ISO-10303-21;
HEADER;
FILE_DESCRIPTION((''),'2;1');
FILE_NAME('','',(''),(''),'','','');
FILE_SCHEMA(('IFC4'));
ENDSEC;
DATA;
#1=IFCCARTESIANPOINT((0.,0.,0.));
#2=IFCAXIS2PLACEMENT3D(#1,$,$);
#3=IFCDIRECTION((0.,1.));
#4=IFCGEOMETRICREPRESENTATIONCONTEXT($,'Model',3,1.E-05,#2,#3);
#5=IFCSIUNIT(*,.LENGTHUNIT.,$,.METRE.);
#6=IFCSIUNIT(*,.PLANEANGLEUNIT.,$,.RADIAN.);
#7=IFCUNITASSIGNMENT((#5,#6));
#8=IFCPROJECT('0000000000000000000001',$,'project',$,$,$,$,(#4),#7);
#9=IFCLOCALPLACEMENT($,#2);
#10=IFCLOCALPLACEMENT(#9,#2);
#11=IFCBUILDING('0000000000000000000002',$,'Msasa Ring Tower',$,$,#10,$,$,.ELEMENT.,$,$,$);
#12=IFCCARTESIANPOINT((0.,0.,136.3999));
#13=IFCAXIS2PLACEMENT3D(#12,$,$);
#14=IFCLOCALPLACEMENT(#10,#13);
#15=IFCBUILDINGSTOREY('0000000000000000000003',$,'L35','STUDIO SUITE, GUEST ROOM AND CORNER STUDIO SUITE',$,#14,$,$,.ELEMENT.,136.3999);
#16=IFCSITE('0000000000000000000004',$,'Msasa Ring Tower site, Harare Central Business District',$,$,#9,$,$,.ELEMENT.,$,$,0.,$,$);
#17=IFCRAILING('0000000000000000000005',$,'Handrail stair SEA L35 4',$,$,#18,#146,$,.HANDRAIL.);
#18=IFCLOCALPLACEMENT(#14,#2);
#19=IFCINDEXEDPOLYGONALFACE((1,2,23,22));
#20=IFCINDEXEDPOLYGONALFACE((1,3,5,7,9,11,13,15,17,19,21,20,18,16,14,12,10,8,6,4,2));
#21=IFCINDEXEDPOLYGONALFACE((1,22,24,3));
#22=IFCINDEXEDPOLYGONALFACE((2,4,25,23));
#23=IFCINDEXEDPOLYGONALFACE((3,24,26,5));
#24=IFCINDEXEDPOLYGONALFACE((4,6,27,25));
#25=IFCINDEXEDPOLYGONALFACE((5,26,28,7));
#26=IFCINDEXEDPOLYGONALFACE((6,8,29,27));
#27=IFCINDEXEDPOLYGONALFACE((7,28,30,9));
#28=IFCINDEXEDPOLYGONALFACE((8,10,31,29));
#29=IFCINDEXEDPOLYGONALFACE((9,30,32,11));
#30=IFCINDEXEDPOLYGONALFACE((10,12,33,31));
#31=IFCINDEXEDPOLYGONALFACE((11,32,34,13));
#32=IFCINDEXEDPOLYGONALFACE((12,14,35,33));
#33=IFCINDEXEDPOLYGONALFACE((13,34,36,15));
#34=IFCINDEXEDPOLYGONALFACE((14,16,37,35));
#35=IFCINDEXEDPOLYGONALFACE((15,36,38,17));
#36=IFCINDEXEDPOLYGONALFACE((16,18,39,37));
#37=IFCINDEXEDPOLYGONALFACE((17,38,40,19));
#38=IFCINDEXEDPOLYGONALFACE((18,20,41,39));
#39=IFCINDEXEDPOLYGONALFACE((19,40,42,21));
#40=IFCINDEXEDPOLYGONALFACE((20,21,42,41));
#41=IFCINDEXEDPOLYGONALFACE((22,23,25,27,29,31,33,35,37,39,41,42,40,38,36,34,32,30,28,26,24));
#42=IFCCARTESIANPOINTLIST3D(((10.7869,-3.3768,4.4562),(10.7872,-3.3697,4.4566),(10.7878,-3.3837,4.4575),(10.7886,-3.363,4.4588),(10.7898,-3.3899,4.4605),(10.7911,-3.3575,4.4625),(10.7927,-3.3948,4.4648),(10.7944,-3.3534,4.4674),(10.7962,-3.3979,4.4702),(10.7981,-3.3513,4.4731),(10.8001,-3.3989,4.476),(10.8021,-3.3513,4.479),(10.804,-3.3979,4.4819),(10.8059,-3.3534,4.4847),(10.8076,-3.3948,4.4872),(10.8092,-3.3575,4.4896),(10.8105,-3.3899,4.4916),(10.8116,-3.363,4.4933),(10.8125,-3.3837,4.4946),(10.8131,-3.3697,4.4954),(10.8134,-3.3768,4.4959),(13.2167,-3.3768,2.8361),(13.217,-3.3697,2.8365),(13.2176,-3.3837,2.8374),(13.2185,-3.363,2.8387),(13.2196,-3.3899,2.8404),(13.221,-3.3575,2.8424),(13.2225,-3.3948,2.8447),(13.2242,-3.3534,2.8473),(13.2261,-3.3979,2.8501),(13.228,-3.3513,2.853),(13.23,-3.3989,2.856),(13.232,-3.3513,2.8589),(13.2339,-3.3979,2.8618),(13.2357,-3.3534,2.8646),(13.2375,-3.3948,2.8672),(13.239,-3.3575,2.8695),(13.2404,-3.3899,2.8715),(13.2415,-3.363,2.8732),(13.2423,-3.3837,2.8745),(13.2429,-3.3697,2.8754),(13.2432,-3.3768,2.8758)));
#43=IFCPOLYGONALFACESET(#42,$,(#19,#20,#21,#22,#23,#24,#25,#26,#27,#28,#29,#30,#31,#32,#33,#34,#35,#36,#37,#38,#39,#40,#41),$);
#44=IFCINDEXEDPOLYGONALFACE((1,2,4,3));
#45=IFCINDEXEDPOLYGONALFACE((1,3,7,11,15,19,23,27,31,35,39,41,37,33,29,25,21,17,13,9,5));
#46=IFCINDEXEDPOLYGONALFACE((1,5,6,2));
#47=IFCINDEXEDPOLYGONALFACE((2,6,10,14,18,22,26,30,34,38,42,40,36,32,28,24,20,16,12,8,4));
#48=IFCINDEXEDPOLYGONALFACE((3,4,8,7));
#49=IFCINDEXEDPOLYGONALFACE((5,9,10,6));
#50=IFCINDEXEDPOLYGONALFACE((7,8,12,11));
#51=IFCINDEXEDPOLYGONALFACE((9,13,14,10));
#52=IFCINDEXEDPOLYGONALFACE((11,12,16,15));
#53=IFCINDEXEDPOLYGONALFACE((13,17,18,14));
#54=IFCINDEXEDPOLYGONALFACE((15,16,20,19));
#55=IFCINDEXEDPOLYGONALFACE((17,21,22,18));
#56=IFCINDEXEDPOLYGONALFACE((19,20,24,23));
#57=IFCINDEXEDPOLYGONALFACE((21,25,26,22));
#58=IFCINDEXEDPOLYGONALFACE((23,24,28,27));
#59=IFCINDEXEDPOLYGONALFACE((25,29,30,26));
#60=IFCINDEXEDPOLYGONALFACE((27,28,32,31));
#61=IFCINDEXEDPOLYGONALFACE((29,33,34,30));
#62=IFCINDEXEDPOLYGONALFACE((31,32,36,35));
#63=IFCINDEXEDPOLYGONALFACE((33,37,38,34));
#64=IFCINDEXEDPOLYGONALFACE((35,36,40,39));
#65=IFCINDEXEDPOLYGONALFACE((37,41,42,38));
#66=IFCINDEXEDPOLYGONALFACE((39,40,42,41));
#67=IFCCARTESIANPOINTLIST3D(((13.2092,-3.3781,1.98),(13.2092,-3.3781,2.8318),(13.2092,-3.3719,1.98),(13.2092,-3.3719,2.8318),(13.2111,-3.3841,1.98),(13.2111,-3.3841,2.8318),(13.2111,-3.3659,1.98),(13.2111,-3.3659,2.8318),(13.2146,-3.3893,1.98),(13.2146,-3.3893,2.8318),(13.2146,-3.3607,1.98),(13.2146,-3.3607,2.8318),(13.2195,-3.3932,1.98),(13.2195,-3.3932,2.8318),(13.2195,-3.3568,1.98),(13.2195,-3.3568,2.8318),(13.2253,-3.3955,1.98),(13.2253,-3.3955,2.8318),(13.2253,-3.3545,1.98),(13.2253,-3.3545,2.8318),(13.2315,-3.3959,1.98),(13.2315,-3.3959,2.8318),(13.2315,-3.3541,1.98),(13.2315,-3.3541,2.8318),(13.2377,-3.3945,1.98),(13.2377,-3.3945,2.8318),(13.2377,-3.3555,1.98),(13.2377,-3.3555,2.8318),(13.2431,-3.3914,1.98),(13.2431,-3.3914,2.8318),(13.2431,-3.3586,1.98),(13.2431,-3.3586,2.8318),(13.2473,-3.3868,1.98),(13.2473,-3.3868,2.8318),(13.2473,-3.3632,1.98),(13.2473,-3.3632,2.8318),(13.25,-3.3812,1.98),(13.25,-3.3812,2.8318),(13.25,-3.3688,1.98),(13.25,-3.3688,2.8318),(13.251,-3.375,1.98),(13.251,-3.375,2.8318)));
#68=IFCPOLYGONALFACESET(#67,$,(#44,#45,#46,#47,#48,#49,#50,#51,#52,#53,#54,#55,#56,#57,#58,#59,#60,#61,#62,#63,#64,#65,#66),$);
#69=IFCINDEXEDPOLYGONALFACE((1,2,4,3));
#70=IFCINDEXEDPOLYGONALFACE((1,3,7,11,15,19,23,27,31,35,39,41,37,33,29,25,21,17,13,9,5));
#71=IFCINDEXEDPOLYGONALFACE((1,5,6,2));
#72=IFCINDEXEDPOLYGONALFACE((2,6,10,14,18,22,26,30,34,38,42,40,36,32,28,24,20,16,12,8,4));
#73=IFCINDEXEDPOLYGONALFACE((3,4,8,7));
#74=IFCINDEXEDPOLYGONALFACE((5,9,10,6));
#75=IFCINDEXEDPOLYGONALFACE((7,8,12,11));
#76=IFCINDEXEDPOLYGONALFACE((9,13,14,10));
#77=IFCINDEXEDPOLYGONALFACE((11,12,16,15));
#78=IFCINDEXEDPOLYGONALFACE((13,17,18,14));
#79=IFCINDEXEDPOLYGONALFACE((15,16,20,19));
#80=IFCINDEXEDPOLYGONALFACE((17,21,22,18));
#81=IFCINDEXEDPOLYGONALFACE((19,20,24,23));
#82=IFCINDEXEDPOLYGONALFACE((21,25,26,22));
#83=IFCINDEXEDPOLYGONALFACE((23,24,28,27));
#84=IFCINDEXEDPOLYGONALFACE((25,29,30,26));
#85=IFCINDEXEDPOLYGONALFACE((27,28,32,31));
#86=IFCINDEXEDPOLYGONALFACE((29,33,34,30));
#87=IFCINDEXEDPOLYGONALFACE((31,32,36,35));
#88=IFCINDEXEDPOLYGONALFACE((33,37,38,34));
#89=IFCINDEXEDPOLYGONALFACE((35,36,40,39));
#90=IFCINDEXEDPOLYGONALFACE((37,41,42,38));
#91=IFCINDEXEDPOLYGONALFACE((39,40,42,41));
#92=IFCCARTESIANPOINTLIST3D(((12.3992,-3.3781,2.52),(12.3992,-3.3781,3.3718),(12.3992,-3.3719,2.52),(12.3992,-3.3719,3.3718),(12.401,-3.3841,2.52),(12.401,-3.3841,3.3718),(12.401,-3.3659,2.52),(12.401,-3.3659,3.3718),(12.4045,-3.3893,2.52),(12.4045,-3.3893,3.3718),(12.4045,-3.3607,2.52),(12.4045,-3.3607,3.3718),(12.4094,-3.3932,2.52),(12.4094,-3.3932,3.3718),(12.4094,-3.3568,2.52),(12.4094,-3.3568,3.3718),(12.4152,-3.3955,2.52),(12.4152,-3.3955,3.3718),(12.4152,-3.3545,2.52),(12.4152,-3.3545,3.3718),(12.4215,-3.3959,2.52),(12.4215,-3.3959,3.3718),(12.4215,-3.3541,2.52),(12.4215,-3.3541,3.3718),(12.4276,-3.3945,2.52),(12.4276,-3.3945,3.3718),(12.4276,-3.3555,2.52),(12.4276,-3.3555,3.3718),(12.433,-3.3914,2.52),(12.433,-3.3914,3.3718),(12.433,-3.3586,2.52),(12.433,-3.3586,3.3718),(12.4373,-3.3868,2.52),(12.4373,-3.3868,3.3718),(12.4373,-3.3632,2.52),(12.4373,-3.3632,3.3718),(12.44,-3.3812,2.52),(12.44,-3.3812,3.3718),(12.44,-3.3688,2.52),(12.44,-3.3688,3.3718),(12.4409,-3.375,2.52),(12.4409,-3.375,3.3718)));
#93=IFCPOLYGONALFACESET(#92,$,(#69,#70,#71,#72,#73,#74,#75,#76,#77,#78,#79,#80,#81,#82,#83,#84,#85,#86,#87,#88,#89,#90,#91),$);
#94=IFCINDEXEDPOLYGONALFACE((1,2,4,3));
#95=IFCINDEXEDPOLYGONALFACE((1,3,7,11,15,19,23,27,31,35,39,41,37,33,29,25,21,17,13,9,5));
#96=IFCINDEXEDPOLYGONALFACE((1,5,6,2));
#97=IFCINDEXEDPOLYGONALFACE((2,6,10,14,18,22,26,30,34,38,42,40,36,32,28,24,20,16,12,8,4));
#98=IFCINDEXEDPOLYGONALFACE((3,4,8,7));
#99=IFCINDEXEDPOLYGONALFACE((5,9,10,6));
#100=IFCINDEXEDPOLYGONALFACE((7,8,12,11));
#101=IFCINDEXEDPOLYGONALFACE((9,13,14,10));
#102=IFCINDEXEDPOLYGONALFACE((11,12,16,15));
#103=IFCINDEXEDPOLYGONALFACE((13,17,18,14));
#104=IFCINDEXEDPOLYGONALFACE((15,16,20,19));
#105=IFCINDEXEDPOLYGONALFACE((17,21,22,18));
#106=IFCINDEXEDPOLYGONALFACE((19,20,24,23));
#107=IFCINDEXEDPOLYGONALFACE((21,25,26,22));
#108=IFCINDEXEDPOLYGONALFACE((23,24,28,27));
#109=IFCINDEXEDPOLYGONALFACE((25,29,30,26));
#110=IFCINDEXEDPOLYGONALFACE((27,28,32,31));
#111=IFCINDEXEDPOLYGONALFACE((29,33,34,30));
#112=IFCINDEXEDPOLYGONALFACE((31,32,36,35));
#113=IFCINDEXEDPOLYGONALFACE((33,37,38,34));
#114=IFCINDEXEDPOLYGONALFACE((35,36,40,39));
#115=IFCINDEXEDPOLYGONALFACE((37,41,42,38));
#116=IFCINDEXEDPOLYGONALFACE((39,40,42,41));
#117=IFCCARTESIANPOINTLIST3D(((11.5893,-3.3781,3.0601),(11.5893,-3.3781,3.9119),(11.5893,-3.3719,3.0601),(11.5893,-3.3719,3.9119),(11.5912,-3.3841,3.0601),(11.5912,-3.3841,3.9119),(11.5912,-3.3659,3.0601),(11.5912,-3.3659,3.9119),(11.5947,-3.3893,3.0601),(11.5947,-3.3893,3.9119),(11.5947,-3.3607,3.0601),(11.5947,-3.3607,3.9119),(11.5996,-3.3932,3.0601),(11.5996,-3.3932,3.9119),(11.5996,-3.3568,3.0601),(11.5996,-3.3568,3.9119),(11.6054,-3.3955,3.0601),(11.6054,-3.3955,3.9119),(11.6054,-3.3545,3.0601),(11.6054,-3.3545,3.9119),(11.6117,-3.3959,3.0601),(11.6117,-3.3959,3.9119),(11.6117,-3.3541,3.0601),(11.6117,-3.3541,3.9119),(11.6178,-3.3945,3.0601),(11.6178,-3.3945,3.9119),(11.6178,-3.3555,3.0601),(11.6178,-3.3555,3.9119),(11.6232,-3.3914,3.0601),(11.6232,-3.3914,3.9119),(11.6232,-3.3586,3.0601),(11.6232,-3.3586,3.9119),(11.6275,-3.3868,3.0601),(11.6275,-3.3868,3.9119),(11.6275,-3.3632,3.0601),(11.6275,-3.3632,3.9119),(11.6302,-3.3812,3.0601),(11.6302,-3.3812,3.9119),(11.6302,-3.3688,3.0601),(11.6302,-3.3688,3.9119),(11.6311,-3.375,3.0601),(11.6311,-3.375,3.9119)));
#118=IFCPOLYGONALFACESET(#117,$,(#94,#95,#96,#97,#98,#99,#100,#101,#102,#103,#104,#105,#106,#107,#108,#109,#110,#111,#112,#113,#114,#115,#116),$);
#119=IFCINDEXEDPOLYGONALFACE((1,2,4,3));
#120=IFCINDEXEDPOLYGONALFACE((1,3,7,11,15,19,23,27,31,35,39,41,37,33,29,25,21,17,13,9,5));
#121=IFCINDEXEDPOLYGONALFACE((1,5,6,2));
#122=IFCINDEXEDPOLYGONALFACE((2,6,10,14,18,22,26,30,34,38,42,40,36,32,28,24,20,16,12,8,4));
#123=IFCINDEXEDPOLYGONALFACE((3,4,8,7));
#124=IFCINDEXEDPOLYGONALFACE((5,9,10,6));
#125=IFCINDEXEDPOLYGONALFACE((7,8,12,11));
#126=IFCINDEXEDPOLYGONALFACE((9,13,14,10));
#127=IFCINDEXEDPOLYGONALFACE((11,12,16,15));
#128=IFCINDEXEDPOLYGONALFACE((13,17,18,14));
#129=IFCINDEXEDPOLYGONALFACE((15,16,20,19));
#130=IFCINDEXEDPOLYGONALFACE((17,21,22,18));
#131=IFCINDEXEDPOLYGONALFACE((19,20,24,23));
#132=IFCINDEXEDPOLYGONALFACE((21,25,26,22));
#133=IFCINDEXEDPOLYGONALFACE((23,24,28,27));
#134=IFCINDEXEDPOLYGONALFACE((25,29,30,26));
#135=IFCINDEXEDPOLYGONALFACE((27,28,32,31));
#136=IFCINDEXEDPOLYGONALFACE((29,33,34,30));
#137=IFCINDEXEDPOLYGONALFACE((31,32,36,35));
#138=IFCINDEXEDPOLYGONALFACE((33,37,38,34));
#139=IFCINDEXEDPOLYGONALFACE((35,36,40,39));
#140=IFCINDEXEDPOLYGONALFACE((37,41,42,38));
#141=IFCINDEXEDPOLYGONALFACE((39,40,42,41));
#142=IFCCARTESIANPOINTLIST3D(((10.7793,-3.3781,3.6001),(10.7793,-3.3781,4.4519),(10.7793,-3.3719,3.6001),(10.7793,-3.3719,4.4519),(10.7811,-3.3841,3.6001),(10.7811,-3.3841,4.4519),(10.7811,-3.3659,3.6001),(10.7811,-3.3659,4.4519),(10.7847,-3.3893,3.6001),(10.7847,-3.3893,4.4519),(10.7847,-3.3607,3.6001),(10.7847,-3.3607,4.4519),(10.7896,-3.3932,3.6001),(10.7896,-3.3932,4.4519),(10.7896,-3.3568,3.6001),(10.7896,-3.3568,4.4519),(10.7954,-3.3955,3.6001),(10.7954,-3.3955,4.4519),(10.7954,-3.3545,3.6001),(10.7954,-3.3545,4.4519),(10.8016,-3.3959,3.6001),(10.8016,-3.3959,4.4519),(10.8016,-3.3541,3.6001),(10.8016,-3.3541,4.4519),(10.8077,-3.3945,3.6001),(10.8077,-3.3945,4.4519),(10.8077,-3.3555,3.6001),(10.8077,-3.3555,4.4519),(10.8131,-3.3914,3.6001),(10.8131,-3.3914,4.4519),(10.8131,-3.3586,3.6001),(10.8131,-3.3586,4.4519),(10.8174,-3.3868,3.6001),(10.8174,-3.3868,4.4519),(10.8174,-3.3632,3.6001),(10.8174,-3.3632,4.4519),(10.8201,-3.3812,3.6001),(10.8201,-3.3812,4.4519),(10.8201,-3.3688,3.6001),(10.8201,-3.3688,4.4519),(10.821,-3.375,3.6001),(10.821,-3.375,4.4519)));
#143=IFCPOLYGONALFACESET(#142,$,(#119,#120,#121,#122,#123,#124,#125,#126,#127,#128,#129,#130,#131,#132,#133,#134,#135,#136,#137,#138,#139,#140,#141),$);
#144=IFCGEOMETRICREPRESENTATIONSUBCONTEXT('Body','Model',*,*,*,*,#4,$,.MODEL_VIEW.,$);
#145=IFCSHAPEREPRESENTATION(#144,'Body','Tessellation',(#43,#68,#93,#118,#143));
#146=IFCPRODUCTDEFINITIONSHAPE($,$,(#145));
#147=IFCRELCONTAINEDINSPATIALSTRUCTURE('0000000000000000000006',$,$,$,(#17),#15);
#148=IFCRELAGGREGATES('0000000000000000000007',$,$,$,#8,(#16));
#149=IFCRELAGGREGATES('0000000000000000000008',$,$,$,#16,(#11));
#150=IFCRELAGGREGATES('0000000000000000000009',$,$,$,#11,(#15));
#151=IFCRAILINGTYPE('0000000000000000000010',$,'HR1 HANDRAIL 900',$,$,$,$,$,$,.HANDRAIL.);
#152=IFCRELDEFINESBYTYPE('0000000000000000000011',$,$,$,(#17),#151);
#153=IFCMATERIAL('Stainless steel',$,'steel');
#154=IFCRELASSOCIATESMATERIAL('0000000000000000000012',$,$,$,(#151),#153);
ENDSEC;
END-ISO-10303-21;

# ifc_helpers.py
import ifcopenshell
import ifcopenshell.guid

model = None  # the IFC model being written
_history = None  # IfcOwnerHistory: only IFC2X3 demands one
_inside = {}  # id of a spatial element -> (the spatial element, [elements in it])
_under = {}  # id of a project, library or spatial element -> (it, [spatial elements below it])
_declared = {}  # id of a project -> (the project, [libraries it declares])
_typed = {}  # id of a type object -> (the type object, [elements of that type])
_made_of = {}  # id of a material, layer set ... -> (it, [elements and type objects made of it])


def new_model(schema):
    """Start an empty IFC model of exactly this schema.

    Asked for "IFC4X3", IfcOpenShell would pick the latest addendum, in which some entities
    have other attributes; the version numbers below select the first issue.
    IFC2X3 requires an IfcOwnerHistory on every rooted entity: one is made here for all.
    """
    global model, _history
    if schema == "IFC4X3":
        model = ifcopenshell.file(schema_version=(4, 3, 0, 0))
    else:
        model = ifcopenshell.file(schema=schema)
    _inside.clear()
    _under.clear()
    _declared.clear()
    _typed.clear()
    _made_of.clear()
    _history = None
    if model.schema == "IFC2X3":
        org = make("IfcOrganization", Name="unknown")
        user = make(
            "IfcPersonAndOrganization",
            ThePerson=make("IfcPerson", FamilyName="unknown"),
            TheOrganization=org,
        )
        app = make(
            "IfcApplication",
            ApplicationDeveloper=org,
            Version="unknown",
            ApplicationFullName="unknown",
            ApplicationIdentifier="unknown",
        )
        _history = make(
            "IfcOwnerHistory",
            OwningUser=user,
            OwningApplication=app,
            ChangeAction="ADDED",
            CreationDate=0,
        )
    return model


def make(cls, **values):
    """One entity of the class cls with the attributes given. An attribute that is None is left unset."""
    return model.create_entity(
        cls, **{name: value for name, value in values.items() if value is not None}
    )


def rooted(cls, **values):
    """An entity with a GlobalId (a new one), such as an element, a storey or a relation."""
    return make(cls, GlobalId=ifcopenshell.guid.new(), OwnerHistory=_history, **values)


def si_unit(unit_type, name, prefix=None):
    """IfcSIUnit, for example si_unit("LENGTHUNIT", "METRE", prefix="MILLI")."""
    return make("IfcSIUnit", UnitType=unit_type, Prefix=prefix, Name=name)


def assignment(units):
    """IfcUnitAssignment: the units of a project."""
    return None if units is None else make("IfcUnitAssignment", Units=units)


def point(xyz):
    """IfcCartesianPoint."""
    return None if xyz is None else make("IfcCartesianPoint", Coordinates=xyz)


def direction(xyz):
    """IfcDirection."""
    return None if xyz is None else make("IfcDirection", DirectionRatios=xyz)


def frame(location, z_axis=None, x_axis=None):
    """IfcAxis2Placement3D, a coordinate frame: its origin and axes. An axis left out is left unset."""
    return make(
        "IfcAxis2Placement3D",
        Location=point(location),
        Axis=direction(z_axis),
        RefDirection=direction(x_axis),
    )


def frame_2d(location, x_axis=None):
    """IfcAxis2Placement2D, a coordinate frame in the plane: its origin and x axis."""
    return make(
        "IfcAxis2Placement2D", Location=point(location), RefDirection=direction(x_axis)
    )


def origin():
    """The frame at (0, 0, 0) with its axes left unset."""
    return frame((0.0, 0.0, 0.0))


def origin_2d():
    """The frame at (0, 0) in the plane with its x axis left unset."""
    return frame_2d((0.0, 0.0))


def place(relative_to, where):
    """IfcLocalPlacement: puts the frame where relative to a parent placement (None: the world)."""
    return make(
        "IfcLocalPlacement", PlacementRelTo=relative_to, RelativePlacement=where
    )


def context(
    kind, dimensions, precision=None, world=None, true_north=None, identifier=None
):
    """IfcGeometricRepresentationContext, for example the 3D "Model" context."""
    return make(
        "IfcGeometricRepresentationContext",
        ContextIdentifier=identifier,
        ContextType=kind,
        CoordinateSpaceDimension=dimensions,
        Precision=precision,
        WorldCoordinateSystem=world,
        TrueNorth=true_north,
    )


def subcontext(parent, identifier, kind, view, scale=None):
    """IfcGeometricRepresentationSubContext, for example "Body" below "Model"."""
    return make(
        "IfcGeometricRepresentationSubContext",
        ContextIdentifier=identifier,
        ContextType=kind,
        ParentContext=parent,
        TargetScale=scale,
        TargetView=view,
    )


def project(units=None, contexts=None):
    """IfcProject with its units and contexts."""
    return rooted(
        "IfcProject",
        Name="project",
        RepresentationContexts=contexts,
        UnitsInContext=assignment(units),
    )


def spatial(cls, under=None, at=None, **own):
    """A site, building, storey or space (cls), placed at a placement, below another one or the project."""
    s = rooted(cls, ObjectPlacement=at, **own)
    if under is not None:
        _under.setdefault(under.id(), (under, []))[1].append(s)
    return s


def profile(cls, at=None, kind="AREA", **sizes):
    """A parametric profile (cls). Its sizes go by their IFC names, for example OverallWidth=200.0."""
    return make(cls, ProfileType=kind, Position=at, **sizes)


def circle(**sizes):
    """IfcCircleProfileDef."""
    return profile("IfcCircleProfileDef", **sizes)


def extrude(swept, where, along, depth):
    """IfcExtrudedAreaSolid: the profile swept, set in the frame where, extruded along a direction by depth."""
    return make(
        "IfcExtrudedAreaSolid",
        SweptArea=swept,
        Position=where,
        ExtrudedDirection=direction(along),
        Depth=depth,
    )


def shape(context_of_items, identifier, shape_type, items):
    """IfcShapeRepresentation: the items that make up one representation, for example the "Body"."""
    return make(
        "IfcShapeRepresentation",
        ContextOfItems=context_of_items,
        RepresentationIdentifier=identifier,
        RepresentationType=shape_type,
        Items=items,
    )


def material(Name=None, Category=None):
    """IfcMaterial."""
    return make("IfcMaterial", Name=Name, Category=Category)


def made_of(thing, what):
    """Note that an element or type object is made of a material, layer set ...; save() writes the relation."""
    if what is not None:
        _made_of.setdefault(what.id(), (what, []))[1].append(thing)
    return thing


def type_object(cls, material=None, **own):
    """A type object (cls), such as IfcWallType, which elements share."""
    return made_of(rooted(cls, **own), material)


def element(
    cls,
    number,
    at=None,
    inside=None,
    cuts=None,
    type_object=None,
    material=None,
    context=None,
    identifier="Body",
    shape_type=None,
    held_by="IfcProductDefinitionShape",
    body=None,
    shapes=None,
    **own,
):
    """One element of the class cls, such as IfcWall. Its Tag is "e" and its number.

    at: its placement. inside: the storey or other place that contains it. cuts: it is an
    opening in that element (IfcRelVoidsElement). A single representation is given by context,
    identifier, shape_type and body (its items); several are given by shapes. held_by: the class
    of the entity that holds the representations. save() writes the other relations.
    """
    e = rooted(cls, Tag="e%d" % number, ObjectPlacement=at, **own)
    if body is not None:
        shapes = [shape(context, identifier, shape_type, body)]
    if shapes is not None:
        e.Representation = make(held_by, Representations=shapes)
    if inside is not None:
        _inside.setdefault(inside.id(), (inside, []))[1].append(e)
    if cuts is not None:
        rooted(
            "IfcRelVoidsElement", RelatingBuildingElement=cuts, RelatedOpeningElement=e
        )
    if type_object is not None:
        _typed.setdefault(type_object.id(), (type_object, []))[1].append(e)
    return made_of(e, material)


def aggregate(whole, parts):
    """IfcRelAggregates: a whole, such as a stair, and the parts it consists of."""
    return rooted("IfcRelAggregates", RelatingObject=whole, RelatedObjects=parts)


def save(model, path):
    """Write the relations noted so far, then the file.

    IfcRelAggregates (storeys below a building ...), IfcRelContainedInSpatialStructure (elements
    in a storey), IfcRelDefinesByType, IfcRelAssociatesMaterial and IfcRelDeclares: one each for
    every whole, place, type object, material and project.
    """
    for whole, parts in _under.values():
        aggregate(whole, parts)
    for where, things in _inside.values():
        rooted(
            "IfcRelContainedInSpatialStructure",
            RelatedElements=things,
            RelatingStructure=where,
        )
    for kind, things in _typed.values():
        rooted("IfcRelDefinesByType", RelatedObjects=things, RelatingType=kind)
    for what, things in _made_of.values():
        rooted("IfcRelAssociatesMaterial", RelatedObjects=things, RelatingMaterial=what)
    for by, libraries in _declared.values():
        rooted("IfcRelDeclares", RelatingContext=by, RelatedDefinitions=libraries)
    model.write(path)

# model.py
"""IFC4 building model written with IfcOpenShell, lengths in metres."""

from ifc_helpers import new_model, si_unit, direction, frame, origin, origin_2d, place, context, subcontext, project, spatial, circle, extrude, material, type_object, element, save


model = new_model("IFC4")

# Units and contexts
model_context = context("Model", 3, precision=1e-05, world=origin(), true_north=direction((0.0, 1.0)))
body_context = subcontext(model_context, "Body", "Model", "MODEL_VIEW")
ifc_project = project(units=[si_unit("LENGTHUNIT", "METRE"), si_unit("PLANEANGLEUNIT", "RADIAN")], contexts=[model_context])

# Site, building, storey
site_placement = place(None, origin())
site = spatial("IfcSite", under=ifc_project, at=site_placement, Name="Msasa Ring Tower site, Harare Central Business District", CompositionType="ELEMENT", RefElevation=0.0)
building_placement = place(site_placement, origin())
building = spatial("IfcBuilding", under=site, at=building_placement, Name="Msasa Ring Tower", CompositionType="ELEMENT")
storey_placement = place(building_placement, frame((0.0, 0.0, 136.3999)))
storey = spatial("IfcBuildingStorey", under=building, at=storey_placement, Name="L35", Description="STUDIO SUITE, GUEST ROOM AND CORNER STUDIO SUITE", CompositionType="ELEMENT", Elevation=136.3999)

# Railing
ifc_material_1 = material(Name="Stainless steel", Category="steel")
railing_type = type_object("IfcRailingType", Name="HR1 HANDRAIL 900", PredefinedType="HANDRAIL", material=ifc_material_1)
railing_placement = place(storey_placement, frame((13.23, -3.375, 1.98)))
element("IfcRailing", 1, at=railing_placement, inside=storey, type_object=railing_type, Name="Handrail stair SEA L35 4", PredefinedType="HANDRAIL", context=body_context, shape_type="SweptSolid", body=[
    extrude(circle(Radius=0.0239, at=origin_2d()), frame((0.0, 0.0, 0.876), z_axis=(-0.832025, 0.0, 0.554739), x_axis=(0.0, -1.0, 0.0)), (0.0, 0.0, 1.0), 2.9204),
    extrude(circle(Radius=0.021, at=origin_2d()), origin(), (0.0, 0.0, 1.0), 0.8518),
    extrude(circle(Radius=0.021, at=origin_2d()), frame((-0.8101, 0.0, 0.54)), (0.0, 0.0, 1.0), 0.8518),
    extrude(circle(Radius=0.021, at=origin_2d()), frame((-1.6199, 0.0, 1.0801)), (0.0, 0.0, 1.0), 0.8518),
    extrude(circle(Radius=0.021, at=origin_2d()), frame((-2.4299, 0.0, 1.6201)), (0.0, 0.0, 1.0), 0.8518),
])

save(model, "model.ifc")
